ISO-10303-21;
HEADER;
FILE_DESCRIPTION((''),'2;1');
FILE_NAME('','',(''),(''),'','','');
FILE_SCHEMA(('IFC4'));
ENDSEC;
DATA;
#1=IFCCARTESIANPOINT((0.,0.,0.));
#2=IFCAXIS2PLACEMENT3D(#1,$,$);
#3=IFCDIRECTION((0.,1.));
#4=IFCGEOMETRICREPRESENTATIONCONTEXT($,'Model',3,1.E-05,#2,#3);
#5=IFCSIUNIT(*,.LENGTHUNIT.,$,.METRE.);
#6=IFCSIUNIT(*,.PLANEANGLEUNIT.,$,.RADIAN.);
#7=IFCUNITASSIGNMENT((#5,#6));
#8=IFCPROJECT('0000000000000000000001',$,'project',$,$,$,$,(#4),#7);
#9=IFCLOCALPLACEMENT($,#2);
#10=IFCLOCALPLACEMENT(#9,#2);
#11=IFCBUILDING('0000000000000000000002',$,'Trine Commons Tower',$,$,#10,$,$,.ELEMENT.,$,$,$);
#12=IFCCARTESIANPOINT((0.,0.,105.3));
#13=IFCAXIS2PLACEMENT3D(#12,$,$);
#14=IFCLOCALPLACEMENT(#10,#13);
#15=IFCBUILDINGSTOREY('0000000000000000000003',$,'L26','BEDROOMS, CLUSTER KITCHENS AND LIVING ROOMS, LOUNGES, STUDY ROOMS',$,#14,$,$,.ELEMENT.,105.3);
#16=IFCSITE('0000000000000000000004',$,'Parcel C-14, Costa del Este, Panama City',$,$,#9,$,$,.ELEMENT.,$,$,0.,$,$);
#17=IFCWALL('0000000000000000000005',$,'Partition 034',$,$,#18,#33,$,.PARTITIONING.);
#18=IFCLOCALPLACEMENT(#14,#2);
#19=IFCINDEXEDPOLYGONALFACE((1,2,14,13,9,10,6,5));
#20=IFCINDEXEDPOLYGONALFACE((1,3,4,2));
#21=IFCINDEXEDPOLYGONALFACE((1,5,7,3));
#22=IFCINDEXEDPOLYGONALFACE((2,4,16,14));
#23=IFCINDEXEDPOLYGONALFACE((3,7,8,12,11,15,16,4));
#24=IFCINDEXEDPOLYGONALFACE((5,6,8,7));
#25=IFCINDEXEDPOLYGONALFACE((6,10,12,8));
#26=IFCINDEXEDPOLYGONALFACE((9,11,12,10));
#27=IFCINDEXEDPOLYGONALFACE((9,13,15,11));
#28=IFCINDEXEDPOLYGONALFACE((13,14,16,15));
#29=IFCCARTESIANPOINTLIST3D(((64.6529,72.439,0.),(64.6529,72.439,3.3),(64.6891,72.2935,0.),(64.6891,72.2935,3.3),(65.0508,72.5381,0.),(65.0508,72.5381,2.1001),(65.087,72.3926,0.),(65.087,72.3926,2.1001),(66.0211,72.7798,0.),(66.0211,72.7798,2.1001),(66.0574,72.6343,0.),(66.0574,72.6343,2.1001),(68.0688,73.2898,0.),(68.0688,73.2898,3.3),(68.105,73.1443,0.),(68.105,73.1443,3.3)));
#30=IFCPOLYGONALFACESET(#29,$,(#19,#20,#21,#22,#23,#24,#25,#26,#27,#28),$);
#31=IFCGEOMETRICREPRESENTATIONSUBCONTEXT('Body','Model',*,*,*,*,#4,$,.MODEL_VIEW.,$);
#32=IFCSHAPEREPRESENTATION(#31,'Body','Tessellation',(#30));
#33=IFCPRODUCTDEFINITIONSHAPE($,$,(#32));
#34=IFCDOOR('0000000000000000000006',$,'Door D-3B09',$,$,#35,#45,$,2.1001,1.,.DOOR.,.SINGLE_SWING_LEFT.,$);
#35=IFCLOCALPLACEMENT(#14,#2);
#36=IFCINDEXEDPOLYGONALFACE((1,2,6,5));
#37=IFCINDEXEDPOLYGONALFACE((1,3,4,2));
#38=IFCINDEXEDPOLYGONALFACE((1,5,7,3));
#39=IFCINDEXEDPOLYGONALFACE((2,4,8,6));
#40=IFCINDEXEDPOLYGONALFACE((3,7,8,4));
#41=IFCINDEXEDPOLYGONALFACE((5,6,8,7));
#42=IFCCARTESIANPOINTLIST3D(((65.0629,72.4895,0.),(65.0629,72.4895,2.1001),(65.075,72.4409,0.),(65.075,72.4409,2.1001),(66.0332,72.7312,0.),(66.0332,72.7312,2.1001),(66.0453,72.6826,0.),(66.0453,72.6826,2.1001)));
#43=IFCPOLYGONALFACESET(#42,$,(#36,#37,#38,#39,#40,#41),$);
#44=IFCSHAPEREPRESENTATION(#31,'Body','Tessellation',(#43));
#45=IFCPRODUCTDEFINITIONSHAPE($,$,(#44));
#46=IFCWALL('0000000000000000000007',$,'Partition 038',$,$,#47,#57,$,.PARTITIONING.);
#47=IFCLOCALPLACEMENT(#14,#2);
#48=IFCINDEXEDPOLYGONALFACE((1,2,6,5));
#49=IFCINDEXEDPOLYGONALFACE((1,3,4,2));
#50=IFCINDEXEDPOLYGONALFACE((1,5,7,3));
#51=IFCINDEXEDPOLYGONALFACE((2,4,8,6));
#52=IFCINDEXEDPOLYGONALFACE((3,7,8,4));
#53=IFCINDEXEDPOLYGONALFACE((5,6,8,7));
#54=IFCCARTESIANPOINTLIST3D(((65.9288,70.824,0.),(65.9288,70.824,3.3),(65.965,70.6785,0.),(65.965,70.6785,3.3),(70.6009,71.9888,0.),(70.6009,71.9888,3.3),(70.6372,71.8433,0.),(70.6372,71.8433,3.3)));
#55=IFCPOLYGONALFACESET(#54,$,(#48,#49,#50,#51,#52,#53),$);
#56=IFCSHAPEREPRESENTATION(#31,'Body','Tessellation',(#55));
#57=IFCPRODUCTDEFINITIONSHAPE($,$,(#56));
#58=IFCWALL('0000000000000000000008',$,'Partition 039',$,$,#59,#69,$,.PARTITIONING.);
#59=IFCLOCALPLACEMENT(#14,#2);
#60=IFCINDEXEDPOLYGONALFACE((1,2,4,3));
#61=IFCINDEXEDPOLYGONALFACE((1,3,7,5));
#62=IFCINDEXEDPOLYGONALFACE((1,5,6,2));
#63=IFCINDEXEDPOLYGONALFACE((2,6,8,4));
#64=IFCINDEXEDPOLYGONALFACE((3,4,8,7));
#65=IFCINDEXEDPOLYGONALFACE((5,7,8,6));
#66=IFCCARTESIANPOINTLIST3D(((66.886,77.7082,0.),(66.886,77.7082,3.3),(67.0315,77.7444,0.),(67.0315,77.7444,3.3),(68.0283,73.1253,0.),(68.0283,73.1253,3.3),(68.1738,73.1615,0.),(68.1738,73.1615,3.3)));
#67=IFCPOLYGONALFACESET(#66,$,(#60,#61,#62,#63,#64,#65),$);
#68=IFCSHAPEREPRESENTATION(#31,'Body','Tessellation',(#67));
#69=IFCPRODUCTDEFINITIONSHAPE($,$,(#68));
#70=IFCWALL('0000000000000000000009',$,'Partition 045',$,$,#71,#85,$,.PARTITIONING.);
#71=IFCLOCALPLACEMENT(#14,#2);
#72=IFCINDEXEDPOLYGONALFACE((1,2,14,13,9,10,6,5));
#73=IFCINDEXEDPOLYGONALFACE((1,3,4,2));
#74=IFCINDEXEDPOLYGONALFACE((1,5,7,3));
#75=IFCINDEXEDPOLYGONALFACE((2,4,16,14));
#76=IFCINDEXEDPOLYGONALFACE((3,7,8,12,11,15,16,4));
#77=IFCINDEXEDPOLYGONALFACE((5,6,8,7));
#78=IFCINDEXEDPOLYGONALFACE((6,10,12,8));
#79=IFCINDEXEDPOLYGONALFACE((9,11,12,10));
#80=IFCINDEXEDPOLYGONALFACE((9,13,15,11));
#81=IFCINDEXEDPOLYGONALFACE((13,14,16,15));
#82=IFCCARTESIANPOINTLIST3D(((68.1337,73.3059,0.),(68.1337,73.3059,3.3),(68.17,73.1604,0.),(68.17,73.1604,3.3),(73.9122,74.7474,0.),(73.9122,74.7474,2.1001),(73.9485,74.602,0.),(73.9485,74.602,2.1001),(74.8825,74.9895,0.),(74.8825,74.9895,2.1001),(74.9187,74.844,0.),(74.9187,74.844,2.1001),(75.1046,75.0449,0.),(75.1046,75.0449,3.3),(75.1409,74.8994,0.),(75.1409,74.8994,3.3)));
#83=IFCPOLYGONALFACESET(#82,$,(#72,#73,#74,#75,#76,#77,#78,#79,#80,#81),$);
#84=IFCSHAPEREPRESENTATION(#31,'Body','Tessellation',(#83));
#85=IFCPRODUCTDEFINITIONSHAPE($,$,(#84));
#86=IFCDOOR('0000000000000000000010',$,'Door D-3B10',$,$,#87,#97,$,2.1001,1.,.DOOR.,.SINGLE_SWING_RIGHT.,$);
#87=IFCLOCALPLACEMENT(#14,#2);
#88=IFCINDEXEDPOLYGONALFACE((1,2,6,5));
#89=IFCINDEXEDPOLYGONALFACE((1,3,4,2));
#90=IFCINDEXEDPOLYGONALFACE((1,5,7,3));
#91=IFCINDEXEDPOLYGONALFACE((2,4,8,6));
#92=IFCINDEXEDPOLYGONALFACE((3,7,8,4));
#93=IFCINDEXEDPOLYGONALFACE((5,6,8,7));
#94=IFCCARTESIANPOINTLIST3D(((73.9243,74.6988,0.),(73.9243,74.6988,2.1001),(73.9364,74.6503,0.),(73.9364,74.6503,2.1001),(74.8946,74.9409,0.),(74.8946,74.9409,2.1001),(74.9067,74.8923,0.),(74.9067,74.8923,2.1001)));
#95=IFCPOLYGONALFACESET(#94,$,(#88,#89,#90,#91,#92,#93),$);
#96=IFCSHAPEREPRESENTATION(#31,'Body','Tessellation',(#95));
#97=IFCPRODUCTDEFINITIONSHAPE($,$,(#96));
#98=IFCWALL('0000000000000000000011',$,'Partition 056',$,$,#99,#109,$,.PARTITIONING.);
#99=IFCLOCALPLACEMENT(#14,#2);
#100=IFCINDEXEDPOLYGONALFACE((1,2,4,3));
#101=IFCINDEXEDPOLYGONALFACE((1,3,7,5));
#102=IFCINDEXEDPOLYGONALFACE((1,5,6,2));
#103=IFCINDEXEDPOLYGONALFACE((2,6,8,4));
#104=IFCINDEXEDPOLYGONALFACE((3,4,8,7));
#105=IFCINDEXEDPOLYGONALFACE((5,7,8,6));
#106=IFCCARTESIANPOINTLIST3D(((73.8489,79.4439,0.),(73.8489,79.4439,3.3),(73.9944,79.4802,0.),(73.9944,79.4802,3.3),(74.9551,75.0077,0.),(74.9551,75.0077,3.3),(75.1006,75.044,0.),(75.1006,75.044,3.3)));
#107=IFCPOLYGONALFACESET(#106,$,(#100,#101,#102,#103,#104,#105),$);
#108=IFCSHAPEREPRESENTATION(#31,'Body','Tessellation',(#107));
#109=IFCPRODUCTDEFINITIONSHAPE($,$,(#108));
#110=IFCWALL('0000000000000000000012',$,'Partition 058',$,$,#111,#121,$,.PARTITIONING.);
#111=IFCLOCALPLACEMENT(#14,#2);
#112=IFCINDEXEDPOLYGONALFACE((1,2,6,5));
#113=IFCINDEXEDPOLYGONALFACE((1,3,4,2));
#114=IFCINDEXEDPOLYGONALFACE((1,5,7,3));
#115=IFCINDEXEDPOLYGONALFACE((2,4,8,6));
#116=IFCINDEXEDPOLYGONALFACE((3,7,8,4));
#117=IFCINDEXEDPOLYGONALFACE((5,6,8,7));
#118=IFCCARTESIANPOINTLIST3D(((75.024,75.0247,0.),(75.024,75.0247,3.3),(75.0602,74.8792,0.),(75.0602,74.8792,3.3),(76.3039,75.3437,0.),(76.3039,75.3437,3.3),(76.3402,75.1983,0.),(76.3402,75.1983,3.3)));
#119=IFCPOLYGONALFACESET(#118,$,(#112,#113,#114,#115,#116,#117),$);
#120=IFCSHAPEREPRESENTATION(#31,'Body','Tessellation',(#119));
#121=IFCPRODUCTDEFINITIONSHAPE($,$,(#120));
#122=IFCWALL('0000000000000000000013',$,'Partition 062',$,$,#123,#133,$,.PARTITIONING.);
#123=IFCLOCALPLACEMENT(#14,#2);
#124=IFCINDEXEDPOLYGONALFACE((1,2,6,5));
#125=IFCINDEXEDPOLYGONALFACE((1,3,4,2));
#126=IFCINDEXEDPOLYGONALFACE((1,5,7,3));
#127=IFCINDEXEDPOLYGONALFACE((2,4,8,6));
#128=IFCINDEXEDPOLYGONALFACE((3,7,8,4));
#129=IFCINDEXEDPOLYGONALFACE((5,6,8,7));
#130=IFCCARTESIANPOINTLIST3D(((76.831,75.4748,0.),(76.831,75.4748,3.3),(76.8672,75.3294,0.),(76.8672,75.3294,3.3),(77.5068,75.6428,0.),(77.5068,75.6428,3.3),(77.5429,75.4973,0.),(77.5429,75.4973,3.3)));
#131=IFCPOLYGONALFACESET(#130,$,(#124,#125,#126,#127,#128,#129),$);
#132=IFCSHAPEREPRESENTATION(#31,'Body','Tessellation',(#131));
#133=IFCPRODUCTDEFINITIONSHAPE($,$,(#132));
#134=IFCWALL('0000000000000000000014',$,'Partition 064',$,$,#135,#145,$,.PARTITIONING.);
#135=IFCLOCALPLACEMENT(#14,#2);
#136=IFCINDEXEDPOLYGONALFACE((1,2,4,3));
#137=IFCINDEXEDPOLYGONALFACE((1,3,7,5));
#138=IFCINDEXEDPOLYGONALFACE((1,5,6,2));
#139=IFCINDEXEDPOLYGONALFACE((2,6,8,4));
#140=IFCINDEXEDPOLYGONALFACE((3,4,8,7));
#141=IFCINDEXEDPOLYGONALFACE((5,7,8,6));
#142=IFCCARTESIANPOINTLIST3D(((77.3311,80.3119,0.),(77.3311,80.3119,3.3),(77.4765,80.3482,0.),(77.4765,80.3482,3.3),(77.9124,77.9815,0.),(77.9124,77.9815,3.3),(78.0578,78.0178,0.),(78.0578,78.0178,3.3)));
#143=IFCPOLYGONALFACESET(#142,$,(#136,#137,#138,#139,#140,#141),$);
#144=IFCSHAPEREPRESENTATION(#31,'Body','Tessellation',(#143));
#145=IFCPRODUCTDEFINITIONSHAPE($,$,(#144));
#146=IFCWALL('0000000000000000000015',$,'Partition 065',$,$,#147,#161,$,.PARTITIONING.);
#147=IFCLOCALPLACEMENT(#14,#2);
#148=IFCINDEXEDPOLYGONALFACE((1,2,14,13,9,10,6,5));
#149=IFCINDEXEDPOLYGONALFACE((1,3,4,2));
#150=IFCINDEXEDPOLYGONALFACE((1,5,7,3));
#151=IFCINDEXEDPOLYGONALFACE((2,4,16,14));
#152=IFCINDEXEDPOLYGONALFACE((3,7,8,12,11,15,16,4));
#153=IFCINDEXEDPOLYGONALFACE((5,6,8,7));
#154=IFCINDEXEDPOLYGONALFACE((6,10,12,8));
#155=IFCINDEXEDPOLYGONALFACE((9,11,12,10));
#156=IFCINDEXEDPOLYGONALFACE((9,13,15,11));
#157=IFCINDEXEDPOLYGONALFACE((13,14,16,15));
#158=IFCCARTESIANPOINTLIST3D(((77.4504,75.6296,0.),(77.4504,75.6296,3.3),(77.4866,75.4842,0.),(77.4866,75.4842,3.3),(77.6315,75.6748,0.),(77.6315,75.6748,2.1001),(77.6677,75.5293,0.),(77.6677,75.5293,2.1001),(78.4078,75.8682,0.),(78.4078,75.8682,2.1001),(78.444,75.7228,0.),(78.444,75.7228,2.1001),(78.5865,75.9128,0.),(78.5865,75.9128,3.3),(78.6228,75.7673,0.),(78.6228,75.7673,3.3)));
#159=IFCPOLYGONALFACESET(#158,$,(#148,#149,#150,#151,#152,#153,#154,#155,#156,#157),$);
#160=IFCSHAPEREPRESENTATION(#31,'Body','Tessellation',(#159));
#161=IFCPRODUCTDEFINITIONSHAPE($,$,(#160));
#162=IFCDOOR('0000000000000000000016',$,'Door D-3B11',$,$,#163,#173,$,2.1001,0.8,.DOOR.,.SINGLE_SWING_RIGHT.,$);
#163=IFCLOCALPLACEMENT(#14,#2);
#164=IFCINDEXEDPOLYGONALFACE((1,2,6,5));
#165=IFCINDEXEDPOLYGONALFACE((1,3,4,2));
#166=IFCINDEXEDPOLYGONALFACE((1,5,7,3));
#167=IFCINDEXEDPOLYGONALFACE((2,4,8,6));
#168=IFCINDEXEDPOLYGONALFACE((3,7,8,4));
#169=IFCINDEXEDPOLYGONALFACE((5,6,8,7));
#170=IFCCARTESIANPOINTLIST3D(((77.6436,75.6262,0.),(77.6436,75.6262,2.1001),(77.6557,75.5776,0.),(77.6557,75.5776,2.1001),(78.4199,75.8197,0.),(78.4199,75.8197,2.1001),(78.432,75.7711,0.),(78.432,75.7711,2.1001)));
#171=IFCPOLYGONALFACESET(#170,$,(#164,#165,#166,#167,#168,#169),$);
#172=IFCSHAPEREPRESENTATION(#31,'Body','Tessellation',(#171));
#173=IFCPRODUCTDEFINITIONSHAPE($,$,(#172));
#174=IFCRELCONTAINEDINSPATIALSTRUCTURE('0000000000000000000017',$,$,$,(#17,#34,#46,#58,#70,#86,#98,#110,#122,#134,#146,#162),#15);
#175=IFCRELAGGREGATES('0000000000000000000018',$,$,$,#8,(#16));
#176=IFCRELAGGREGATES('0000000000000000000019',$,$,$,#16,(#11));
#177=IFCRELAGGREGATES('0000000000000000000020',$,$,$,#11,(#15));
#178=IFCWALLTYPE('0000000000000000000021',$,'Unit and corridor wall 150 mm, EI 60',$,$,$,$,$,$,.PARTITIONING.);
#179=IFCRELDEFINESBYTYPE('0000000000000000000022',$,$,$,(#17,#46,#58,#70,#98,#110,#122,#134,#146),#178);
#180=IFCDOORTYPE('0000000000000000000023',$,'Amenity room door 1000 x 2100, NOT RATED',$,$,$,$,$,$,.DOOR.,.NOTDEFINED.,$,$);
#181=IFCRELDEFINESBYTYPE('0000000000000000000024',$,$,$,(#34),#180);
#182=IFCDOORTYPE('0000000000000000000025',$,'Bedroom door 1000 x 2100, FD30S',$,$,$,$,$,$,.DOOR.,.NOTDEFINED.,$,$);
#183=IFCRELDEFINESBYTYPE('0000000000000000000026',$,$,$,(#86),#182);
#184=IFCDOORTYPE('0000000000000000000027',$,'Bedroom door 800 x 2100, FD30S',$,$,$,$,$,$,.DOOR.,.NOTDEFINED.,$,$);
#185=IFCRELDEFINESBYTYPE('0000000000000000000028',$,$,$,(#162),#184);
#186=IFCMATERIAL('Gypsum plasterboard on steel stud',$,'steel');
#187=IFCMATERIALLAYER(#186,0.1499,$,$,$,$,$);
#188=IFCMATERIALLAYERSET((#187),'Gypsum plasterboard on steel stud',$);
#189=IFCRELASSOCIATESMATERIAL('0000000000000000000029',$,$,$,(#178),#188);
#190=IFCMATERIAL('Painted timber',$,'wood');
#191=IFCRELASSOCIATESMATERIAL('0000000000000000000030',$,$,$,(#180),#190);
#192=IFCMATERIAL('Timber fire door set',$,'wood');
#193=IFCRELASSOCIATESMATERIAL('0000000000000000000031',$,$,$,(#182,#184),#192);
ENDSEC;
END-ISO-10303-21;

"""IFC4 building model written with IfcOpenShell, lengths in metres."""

from ifc_helpers import new_model, si_unit, direction, frame, frame_2d, origin, place, context, subcontext, project, spatial, rectangle, extrude, material, layer, layer_set, type_object, element, fill, save


model = new_model("IFC4")

# Units and contexts
model_context = context("Model", 3, precision=1e-05, world=origin(), true_north=direction((0.0, 1.0)))
body_context = subcontext(model_context, "Body", "Model", "MODEL_VIEW")
ifc_project = project(units=[si_unit("LENGTHUNIT", "METRE"), si_unit("PLANEANGLEUNIT", "RADIAN")], contexts=[model_context])

# Site, building, storey
site_placement = place(None, origin())
site = spatial("IfcSite", under=ifc_project, at=site_placement, Name="Parcel C-14, Costa del Este, Panama City", CompositionType="ELEMENT", RefElevation=0.0)
building_placement = place(site_placement, origin())
building = spatial("IfcBuilding", under=site, at=building_placement, Name="Trine Commons Tower", CompositionType="ELEMENT")
storey_placement = place(building_placement, frame((0.0, 0.0, 105.3)))
storey = spatial("IfcBuildingStorey", under=building, at=storey_placement, Name="L26", Description="BEDROOMS, CLUSTER KITCHENS AND LIVING ROOMS, LOUNGES, STUDY ROOMS", CompositionType="ELEMENT", Elevation=105.3)

# Shared definitions
ifc_material_1 = material(Name="Gypsum plasterboard on steel stud", Category="steel")
ifc_layer_1 = layer(ifc_material_1, 0.1499)
ifc_layer_set_1 = layer_set([ifc_layer_1], Name="Gypsum plasterboard on steel stud")
wall_type_1 = type_object("IfcWallType", Name="Unit and corridor wall 150 mm, EI 60", PredefinedType="PARTITIONING", material=ifc_layer_set_1)

# Wall, opening, door
wall_1_placement = place(storey_placement, frame((64.6709, 72.3662, 0.0), z_axis=(0.0, 0.0, 1.0), x_axis=(0.970354, 0.241687, 0.0)))
wall_1 = element("IfcWall", 1, at=wall_1_placement, inside=storey, type_object=wall_type_1, Name="Partition 034", PredefinedType="PARTITIONING", context=body_context, shape_type="SweptSolid", body=[
    extrude(rectangle(XDim=3.5203, YDim=0.1499, at=frame_2d((1.7603, 0.0))), origin(), (0.0, 0.0, 1.0), 3.3),
])
opening_1_placement = place(wall_1_placement, frame((0.4102, 0.0, 0.0)))
opening_1 = element("IfcOpeningElement", 2, at=opening_1_placement, cuts=wall_1, PredefinedType="OPENING", context=body_context, shape_type="SweptSolid", body=[
    extrude(rectangle(XDim=1.0, YDim=2.1001, at=frame_2d((0.5, 1.05))), frame((0.0, 0.085, 0.0), z_axis=(0.0, -1.0, 0.0), x_axis=(1.0, 0.0, 0.0)), (0.0, 0.0, 1.0), 0.1699),
])
ifc_material_2 = material(Name="Painted timber", Category="wood")
door_type_1 = type_object("IfcDoorType", Name="Amenity room door 1000 x 2100, NOT RATED", OperationType="NOTDEFINED", PredefinedType="DOOR", material=ifc_material_2)
door_1_placement = place(opening_1_placement, origin())
door_1 = element("IfcDoor", 3, at=door_1_placement, inside=storey, type_object=door_type_1, Name="Door D-3B09", OperationType="SINGLE_SWING_LEFT", OverallHeight=2.1001, OverallWidth=1.0, PredefinedType="DOOR", context=body_context, shape_type="SweptSolid", body=[
    extrude(rectangle(XDim=1.0, YDim=2.1001, at=frame_2d((0.5, 1.05))), frame((0.0, 0.0249, 0.0), z_axis=(0.0, -1.0, 0.0), x_axis=(1.0, 0.0, 0.0)), (0.0, 0.0, 1.0), 0.05),
])
fill(opening_1, door_1)

# Walls
wall_2_placement = place(storey_placement, frame((65.9468, 70.7512, 0.0), z_axis=(0.0, 0.0, 1.0), x_axis=(0.9703, 0.241903, 0.0)))
element("IfcWall", 4, at=wall_2_placement, inside=storey, type_object=wall_type_1, Name="Partition 038", PredefinedType="PARTITIONING", context=body_context, shape_type="SweptSolid", body=[
    extrude(rectangle(XDim=4.8152, YDim=0.1499, at=frame_2d((2.4077, 0.0))), origin(), (0.0, 0.0, 1.0), 3.3),
])
wall_3_placement = place(storey_placement, frame((66.9587, 77.7263, 0.0), z_axis=(0.0, 0.0, 1.0), x_axis=(0.241854, -0.970313, 0.0)))
element("IfcWall", 5, at=wall_3_placement, inside=storey, type_object=wall_type_1, Name="Partition 039", PredefinedType="PARTITIONING", context=body_context, shape_type="SweptSolid", body=[
    extrude(rectangle(XDim=4.7231, YDim=0.1499, at=frame_2d((2.3616, 0.0))), origin(), (0.0, 0.0, 1.0), 3.3),
])

# Wall, opening, door
wall_4_placement = place(storey_placement, frame((68.1519, 73.2332, 0.0), z_axis=(0.0, 0.0, 1.0), x_axis=(0.970264, 0.242048, 0.0)))
wall_4 = element("IfcWall", 6, at=wall_4_placement, inside=storey, type_object=wall_type_1, Name="Partition 045", PredefinedType="PARTITIONING", context=body_context, shape_type="SweptSolid", body=[
    extrude(rectangle(XDim=7.1846, YDim=0.1499, at=frame_2d((3.5923, 0.0))), origin(), (0.0, 0.0, 1.0), 3.3),
])
opening_2_placement = place(wall_4_placement, frame((5.9556, 0.0, 0.0)))
opening_2 = element("IfcOpeningElement", 7, at=opening_2_placement, cuts=wall_4, PredefinedType="OPENING", context=body_context, shape_type="SweptSolid", body=[
    extrude(rectangle(XDim=1.0, YDim=2.1001, at=frame_2d((0.5, 1.05))), frame((0.0, 0.085, 0.0), z_axis=(0.0, -1.0, 0.0), x_axis=(1.0, 0.0, 0.0)), (0.0, 0.0, 1.0), 0.1699),
])
ifc_material_3 = material(Name="Timber fire door set", Category="wood")
door_type_2 = type_object("IfcDoorType", Name="Bedroom door 1000 x 2100, FD30S", OperationType="NOTDEFINED", PredefinedType="DOOR", material=ifc_material_3)
door_2_placement = place(opening_2_placement, origin())
door_2 = element("IfcDoor", 8, at=door_2_placement, inside=storey, type_object=door_type_2, Name="Door D-3B10", OperationType="SINGLE_SWING_RIGHT", OverallHeight=2.1001, OverallWidth=1.0, PredefinedType="DOOR", context=body_context, shape_type="SweptSolid", body=[
    extrude(rectangle(XDim=1.0, YDim=2.1001, at=frame_2d((0.5, 1.05))), frame((0.0, 0.0249, 0.0), z_axis=(0.0, -1.0, 0.0), x_axis=(1.0, 0.0, 0.0)), (0.0, 0.0, 1.0), 0.05),
])
fill(opening_2, door_2)

# Walls
wall_5_placement = place(storey_placement, frame((73.9216, 79.4622, 0.0), z_axis=(0.0, 0.0, 1.0), x_axis=(0.241945, -0.97029, 0.0)))
element("IfcWall", 9, at=wall_5_placement, inside=storey, type_object=wall_type_1, Name="Partition 056", PredefinedType="PARTITIONING", context=body_context, shape_type="SweptSolid", body=[
    extrude(rectangle(XDim=4.572, YDim=0.1499, at=frame_2d((2.2861, 0.0))), origin(), (0.0, 0.0, 1.0), 3.3),
])
wall_6_placement = place(storey_placement, frame((75.042, 74.9519, 0.0), z_axis=(0.0, 0.0, 1.0), x_axis=(0.970306, 0.241882, 0.0)))
element("IfcWall", 10, at=wall_6_placement, inside=storey, type_object=wall_type_1, Name="Partition 058", PredefinedType="PARTITIONING", context=body_context, shape_type="SweptSolid", body=[
    extrude(rectangle(XDim=1.3191, YDim=0.1499, at=frame_2d((0.6597, 0.0))), origin(), (0.0, 0.0, 1.0), 3.3),
])
wall_7_placement = place(storey_placement, frame((76.8491, 75.4021, 0.0), z_axis=(0.0, 0.0, 1.0), x_axis=(0.970472, 0.241215, 0.0)))
element("IfcWall", 11, at=wall_7_placement, inside=storey, type_object=wall_type_1, Name="Partition 062", PredefinedType="PARTITIONING", context=body_context, shape_type="SweptSolid", body=[
    extrude(rectangle(XDim=0.6963, YDim=0.1499, at=frame_2d((0.3481, 0.0))), origin(), (0.0, 0.0, 1.0), 3.3),
])
wall_8_placement = place(storey_placement, frame((77.4038, 80.3301, 0.0), z_axis=(0.0, 0.0, 1.0), x_axis=(0.242009, -0.970274, 0.0)))
element("IfcWall", 12, at=wall_8_placement, inside=storey, type_object=wall_type_1, Name="Partition 064", PredefinedType="PARTITIONING", context=body_context, shape_type="SweptSolid", body=[
    extrude(rectangle(XDim=2.4019, YDim=0.1499, at=frame_2d((1.2009, 0.0))), origin(), (0.0, 0.0, 1.0), 3.3),
])

# Wall, opening, door
wall_9_placement = place(storey_placement, frame((77.4685, 75.5569, 0.0), z_axis=(0.0, 0.0, 1.0), x_axis=(0.970314, 0.241849, 0.0)))
wall_9 = element("IfcWall", 13, at=wall_9_placement, inside=storey, type_object=wall_type_1, Name="Partition 065", PredefinedType="PARTITIONING", context=body_context, shape_type="SweptSolid", body=[
    extrude(rectangle(XDim=1.1709, YDim=0.1499, at=frame_2d((0.5854, 0.0))), origin(), (0.0, 0.0, 1.0), 3.3),
])
opening_3_placement = place(wall_9_placement, frame((0.1868, 0.0, 0.0)))
opening_3 = element("IfcOpeningElement", 14, at=opening_3_placement, cuts=wall_9, PredefinedType="OPENING", context=body_context, shape_type="SweptSolid", body=[
    extrude(rectangle(XDim=0.8, YDim=2.1001, at=frame_2d((0.3999, 1.05))), frame((0.0, 0.085, 0.0), z_axis=(0.0, -1.0, 0.0), x_axis=(1.0, 0.0, 0.0)), (0.0, 0.0, 1.0), 0.1699),
])
door_type_3 = type_object("IfcDoorType", Name="Bedroom door 800 x 2100, FD30S", OperationType="NOTDEFINED", PredefinedType="DOOR", material=ifc_material_3)
door_3_placement = place(opening_3_placement, origin())
door_3 = element("IfcDoor", 15, at=door_3_placement, inside=storey, type_object=door_type_3, Name="Door D-3B11", OperationType="SINGLE_SWING_RIGHT", OverallHeight=2.1001, OverallWidth=0.8, PredefinedType="DOOR", context=body_context, shape_type="SweptSolid", body=[
    extrude(rectangle(XDim=0.8, YDim=2.1001, at=frame_2d((0.3999, 1.05))), frame((0.0, 0.0249, 0.0), z_axis=(0.0, -1.0, 0.0), x_axis=(1.0, 0.0, 0.0)), (0.0, 0.0, 1.0), 0.05),
])
fill(opening_3, door_3)

save(model, "model.ifc")
